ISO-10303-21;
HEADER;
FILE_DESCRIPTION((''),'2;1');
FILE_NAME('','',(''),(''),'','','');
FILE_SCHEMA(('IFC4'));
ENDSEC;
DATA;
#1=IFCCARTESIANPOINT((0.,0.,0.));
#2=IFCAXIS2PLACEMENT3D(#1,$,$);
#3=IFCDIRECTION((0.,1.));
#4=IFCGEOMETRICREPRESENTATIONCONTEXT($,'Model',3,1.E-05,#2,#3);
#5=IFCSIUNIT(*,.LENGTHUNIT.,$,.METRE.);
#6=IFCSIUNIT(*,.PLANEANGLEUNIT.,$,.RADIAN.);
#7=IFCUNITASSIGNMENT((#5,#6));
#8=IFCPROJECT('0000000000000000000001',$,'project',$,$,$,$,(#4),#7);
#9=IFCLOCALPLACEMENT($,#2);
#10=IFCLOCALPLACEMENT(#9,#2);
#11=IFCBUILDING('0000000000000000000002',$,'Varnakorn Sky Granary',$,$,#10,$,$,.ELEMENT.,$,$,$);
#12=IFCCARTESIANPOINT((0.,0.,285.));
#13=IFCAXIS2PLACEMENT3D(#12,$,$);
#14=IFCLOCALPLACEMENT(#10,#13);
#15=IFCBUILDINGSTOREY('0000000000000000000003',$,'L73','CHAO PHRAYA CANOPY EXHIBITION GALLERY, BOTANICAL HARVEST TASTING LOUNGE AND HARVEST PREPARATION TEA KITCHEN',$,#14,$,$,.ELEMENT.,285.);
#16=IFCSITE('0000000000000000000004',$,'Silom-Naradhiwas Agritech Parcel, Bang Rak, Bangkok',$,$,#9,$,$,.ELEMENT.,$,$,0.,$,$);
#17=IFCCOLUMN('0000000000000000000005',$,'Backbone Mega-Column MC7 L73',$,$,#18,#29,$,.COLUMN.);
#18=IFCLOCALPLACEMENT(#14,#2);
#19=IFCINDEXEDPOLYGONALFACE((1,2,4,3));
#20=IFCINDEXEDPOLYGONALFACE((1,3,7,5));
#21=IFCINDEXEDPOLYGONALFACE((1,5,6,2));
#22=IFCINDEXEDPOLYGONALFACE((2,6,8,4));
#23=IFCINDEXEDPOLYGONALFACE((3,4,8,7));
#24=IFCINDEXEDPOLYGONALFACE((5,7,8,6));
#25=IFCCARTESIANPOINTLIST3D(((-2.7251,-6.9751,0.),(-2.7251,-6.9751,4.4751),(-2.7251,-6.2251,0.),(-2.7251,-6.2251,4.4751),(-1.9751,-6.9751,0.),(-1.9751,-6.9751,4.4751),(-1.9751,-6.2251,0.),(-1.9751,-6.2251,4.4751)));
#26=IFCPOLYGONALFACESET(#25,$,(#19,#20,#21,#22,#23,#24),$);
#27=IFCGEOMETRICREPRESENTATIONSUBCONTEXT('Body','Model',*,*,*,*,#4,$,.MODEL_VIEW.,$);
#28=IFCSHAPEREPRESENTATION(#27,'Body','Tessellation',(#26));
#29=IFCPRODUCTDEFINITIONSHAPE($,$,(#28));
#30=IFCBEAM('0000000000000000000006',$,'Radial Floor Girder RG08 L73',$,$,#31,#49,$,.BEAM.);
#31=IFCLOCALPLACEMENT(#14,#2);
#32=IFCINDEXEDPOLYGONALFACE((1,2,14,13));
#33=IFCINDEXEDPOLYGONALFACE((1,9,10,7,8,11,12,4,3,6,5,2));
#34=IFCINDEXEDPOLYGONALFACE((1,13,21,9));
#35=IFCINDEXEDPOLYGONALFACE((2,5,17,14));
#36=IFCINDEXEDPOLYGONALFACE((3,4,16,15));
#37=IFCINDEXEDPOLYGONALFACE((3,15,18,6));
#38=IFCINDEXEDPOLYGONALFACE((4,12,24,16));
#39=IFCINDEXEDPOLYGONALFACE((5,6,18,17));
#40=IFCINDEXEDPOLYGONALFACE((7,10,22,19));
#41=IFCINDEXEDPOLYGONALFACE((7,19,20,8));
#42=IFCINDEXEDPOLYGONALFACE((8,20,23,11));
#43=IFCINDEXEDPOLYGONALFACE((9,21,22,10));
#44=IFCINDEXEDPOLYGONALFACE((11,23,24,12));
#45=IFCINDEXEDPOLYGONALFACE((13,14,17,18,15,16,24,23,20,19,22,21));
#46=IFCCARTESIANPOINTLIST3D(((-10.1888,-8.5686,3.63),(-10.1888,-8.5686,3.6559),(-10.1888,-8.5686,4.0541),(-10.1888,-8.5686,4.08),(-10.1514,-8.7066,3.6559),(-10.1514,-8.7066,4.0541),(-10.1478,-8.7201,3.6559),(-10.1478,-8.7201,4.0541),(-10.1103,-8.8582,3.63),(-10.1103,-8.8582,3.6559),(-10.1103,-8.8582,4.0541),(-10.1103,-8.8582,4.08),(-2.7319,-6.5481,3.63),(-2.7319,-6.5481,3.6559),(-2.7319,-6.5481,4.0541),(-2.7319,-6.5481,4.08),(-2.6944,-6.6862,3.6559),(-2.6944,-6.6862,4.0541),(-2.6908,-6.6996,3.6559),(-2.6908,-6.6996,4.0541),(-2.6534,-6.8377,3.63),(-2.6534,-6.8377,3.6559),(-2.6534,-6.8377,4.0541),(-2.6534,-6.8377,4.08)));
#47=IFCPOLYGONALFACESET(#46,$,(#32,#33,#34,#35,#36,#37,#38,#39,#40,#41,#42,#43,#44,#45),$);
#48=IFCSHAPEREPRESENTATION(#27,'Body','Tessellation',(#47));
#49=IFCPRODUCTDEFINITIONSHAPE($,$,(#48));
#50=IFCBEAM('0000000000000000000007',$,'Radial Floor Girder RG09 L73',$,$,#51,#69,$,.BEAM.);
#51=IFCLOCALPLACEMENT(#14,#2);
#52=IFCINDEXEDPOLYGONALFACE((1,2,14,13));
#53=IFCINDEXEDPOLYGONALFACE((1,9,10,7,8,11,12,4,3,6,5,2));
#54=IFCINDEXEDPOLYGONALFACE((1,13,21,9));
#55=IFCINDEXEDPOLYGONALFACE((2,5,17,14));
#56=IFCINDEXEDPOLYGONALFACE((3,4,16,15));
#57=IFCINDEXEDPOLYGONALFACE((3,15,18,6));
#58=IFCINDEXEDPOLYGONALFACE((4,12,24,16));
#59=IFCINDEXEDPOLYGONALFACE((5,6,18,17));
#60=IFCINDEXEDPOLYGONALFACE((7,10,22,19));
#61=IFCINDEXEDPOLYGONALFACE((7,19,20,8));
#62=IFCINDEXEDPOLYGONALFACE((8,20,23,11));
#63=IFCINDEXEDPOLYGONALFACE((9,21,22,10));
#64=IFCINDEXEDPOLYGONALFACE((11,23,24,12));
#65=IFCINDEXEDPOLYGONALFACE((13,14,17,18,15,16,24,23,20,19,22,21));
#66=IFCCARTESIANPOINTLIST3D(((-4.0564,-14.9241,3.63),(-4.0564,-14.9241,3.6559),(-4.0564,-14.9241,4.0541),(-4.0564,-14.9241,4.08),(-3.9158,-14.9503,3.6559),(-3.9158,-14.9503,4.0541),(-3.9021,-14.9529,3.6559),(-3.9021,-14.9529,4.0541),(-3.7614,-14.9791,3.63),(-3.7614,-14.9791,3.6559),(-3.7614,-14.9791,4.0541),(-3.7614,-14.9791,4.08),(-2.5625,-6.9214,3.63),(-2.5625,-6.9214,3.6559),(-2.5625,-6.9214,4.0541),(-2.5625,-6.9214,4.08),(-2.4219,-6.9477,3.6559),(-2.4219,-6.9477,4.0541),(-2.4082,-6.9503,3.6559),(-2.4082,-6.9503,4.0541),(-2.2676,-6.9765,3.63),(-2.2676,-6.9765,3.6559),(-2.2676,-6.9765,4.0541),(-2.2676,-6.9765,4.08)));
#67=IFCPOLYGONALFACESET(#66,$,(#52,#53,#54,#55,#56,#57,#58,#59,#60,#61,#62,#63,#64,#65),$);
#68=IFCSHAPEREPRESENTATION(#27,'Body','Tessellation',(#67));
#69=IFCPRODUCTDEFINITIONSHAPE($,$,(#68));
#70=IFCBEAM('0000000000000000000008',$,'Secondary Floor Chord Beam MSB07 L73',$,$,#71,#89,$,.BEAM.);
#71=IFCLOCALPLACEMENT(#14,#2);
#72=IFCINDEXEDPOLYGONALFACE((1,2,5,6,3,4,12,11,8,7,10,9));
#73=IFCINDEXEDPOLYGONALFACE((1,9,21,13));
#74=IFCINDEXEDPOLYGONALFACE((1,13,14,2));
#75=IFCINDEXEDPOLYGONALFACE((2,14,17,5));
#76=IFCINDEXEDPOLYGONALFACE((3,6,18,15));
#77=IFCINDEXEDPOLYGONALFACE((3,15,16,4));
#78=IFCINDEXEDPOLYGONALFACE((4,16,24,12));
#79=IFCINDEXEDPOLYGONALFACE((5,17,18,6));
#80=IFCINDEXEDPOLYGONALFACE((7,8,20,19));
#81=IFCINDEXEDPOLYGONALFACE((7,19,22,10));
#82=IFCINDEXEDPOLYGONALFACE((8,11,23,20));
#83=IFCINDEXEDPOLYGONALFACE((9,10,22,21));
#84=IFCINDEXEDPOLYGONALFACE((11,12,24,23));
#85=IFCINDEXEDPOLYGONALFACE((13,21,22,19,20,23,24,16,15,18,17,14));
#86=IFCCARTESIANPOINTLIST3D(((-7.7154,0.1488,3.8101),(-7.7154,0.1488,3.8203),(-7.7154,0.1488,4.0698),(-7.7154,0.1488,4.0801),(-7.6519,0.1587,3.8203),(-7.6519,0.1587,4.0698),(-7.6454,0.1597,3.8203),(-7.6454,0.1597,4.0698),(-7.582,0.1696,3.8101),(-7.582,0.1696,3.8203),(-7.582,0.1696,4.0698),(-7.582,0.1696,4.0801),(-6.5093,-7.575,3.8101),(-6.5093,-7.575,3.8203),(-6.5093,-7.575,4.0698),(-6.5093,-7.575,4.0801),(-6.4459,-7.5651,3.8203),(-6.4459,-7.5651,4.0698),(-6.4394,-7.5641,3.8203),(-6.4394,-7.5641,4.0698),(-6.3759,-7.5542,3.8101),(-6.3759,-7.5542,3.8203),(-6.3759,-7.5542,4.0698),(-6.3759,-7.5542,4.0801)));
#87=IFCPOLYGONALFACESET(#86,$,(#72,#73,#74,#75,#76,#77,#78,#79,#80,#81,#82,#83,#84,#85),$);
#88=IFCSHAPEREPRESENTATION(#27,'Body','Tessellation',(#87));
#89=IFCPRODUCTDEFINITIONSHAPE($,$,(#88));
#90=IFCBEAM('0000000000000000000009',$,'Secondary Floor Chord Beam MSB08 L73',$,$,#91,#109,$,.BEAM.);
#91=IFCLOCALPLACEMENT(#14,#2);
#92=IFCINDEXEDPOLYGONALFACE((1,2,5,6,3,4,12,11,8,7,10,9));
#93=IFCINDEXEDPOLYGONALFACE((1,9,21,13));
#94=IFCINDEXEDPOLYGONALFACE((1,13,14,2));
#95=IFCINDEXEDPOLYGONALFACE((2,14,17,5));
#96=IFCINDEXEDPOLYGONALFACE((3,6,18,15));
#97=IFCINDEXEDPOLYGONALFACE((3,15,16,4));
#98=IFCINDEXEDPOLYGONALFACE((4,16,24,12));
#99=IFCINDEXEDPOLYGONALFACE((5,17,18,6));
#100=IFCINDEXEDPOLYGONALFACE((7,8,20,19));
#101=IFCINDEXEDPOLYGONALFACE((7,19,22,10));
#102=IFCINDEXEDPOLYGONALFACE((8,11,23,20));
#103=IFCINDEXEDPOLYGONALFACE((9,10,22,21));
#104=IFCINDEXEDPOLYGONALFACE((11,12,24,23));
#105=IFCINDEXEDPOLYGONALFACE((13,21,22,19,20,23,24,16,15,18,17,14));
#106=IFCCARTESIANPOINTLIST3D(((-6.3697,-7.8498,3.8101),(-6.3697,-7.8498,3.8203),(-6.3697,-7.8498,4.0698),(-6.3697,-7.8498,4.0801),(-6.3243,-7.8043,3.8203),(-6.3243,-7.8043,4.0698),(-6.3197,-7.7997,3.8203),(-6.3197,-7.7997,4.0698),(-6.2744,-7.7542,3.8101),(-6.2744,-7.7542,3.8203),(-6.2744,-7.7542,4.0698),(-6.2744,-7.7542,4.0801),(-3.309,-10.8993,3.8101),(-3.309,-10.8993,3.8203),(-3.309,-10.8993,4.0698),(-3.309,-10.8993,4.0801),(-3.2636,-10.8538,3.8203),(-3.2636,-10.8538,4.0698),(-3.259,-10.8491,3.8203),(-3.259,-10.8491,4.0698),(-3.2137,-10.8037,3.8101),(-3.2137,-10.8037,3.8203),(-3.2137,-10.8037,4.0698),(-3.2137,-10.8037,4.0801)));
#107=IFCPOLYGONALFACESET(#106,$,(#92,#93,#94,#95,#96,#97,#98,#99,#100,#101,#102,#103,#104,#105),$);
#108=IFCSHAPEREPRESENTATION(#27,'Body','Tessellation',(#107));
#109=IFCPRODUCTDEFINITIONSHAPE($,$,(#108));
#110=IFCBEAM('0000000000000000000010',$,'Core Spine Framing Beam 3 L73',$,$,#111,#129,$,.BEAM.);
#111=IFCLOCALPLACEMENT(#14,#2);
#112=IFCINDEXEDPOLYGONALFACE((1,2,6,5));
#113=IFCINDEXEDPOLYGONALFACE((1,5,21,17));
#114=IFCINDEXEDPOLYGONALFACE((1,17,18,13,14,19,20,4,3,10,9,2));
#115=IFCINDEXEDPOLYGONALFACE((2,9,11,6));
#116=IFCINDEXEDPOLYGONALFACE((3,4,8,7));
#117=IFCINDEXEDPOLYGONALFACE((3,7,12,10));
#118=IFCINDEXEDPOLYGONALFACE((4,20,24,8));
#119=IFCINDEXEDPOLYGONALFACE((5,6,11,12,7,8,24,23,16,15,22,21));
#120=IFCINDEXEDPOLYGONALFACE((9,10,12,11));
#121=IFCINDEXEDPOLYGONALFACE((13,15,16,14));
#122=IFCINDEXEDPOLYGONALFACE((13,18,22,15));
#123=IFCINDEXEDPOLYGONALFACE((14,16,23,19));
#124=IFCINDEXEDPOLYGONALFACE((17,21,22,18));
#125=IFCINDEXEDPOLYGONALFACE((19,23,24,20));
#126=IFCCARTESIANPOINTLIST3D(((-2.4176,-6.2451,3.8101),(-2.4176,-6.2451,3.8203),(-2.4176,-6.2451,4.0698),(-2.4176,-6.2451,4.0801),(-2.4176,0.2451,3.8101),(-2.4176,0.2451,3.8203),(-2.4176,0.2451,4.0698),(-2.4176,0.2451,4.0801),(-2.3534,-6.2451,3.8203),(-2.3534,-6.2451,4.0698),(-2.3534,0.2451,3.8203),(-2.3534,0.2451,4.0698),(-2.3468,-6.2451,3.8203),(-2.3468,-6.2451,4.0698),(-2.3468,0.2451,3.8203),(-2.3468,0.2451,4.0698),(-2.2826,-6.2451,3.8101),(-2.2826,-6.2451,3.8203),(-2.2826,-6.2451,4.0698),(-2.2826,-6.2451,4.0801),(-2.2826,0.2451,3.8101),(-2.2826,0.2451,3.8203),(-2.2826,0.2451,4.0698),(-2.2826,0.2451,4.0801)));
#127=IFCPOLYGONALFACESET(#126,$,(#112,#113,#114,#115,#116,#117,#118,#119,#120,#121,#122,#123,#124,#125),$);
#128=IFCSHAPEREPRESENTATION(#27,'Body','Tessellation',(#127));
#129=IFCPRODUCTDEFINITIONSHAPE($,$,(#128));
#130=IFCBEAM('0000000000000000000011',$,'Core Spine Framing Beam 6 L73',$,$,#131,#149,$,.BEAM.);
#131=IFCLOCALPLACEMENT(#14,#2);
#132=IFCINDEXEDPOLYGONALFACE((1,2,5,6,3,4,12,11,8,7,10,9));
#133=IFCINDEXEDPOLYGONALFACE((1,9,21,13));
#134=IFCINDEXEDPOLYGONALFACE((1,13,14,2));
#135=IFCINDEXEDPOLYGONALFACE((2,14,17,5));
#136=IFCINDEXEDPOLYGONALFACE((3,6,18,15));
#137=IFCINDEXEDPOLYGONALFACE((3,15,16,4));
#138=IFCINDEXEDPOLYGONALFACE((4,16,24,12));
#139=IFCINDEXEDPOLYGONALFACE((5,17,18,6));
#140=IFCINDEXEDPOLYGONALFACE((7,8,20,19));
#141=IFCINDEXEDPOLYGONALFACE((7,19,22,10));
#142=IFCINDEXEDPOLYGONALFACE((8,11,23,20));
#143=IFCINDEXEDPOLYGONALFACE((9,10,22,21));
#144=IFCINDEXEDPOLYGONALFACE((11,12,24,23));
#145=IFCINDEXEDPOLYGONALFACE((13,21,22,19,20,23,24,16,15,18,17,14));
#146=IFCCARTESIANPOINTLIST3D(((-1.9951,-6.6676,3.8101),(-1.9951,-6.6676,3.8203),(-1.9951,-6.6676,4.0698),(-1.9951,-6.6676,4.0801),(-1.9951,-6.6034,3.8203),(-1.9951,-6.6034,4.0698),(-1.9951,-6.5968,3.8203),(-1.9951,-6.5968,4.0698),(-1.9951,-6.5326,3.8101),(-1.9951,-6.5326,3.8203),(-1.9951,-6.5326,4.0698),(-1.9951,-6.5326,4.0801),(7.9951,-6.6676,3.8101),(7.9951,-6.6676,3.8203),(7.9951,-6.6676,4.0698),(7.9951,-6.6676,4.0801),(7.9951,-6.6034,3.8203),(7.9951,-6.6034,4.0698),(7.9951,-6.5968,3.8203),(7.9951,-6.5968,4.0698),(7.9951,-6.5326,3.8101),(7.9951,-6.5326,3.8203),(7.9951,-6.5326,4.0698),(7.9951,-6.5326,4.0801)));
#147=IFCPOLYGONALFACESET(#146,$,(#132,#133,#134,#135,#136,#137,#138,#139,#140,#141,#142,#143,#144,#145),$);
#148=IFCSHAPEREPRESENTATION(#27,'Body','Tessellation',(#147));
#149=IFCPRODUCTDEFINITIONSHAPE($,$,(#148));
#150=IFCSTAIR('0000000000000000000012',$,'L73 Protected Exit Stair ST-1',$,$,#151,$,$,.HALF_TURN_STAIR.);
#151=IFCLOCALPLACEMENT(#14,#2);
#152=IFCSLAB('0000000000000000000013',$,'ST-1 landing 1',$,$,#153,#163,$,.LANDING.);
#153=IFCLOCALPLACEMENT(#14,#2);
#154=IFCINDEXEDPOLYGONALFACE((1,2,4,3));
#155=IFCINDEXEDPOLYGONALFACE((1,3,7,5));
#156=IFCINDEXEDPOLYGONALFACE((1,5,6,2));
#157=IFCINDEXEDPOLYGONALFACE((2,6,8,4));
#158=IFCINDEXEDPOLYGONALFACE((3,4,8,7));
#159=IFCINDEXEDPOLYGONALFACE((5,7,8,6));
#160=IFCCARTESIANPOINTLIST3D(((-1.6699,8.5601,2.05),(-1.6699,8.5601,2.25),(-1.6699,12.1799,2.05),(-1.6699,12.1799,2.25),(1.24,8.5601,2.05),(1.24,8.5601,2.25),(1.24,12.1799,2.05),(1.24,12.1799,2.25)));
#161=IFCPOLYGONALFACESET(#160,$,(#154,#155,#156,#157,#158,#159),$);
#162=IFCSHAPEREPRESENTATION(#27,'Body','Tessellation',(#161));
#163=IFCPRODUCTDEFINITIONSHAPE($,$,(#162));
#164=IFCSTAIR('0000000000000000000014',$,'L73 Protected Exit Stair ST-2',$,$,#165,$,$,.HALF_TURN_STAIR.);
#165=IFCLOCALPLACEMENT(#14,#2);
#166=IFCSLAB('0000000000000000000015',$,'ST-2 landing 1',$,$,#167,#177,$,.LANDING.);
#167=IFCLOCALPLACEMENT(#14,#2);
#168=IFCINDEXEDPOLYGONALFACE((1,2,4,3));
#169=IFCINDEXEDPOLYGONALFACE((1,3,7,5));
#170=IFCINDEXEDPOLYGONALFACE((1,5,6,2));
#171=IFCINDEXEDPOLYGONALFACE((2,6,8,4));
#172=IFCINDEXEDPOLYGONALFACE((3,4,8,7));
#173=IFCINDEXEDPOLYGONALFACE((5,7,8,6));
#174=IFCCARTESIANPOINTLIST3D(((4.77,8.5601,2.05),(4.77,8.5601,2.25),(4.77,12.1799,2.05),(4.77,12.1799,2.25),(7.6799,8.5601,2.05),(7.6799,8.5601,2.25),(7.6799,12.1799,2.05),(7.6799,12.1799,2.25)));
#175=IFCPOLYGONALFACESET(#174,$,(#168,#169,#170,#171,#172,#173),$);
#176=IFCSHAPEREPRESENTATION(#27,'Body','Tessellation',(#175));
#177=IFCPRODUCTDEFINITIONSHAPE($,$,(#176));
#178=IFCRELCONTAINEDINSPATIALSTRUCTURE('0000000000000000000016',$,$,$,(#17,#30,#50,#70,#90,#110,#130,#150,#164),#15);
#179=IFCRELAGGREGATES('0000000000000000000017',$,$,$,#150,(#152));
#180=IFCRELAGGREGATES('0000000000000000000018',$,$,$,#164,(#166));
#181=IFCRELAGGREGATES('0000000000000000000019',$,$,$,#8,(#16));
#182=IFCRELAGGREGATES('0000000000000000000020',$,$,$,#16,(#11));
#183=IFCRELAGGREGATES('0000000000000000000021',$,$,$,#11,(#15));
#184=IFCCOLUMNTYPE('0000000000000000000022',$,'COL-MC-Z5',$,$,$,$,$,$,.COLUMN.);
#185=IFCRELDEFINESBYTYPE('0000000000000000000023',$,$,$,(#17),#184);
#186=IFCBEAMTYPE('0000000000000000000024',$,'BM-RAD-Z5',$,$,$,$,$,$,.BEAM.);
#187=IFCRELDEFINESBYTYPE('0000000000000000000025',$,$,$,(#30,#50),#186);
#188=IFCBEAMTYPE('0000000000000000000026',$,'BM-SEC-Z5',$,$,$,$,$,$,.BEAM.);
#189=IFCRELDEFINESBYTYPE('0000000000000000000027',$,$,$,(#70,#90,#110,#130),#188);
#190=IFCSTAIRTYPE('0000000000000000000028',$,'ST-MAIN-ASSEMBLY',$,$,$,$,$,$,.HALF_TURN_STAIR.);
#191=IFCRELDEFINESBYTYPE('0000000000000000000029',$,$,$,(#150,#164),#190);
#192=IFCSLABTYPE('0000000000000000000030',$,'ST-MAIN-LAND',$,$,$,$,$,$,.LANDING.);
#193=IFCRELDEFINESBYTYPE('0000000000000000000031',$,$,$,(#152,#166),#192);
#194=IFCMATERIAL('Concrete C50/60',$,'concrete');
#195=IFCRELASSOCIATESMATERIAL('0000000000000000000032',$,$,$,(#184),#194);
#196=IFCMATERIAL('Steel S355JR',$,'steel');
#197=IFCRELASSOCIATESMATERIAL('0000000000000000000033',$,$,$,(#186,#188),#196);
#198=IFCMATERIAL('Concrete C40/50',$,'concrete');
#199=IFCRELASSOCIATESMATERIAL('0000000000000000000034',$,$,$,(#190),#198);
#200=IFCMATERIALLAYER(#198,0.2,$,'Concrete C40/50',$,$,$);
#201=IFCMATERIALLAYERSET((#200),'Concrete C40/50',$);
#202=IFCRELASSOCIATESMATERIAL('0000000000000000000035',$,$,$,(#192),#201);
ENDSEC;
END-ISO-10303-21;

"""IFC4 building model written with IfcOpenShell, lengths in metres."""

from ifc_helpers import new_model, si_unit, direction, frame, origin, origin_2d, place, context, subcontext, project, spatial, polyline, rectangle, i_section, outline, extrude, material, layer, layer_set, material_profile, profile_set, type_object, element, aggregate, save


model = new_model("IFC4")

# Units and contexts
model_context = context("Model", 3, precision=1e-05, world=origin(), true_north=direction((0.0, 1.0)))
body_context = subcontext(model_context, "Body", "Model", "MODEL_VIEW")
ifc_project = project(units=[si_unit("LENGTHUNIT", "METRE"), si_unit("PLANEANGLEUNIT", "RADIAN")], contexts=[model_context])

# Site, building, storey
site_placement = place(None, origin())
site = spatial("IfcSite", under=ifc_project, at=site_placement, Name="Silom-Naradhiwas Agritech Parcel, Bang Rak, Bangkok", CompositionType="ELEMENT", RefElevation=0.0)
building_placement = place(site_placement, origin())
building = spatial("IfcBuilding", under=site, at=building_placement, Name="Varnakorn Sky Granary", CompositionType="ELEMENT")
storey_placement = place(building_placement, frame((0.0, 0.0, 285.0)))
storey = spatial("IfcBuildingStorey", under=building, at=storey_placement, Name="L73", Description="CHAO PHRAYA CANOPY EXHIBITION GALLERY, BOTANICAL HARVEST TASTING LOUNGE AND HARVEST PREPARATION TEA KITCHEN", CompositionType="ELEMENT", Elevation=285.0)

# Column
ifc_material_1 = material(Name="Concrete C50/60", Category="concrete")
ifc_material_profile_1 = material_profile(ifc_material_1, rectangle(XDim=0.75, YDim=0.75, at=origin_2d()), Name="RC 750x750")
ifc_profile_set_1 = profile_set([ifc_material_profile_1], Name="Concrete C50/60")
column_type = type_object("IfcColumnType", Name="COL-MC-Z5", PredefinedType="COLUMN", material=ifc_profile_set_1)
column_placement = place(storey_placement, frame((-2.3501, -6.6001, 0.0), z_axis=(0.0, 0.0, 1.0), x_axis=(1.0, 0.0, 0.0)))
element("IfcColumn", 1, at=column_placement, inside=storey, type_object=column_type, Name="Backbone Mega-Column MC7 L73", PredefinedType="COLUMN", context=body_context, shape_type="SweptSolid", body=[
    extrude(rectangle(XDim=0.75, YDim=0.75, at=origin_2d()), origin(), (0.0, 0.0, 1.0), 4.4751),
])

# Beams
ifc_material_2 = material(Name="Steel S355JR", Category="steel")
ifc_material_profile_2 = material_profile(ifc_material_2, i_section(OverallWidth=0.3, OverallDepth=0.45, WebThickness=0.0139, FlangeThickness=0.0259, at=origin_2d()), Name="HE 450 B")
ifc_profile_set_2 = profile_set([ifc_material_profile_2], Name="Steel S355JR")
beam_type_1 = type_object("IfcBeamType", Name="BM-RAD-Z5", PredefinedType="BEAM", material=ifc_profile_set_2)
beam_1_placement = place(storey_placement, frame((-2.6926, -6.6929, 3.855), z_axis=(-0.965197, -0.261523, 0.0), x_axis=(0.261523, -0.965197, 0.0)))
element("IfcBeam", 2, at=beam_1_placement, inside=storey, type_object=beam_type_1, Name="Radial Floor Girder RG08 L73", PredefinedType="BEAM", context=body_context, shape_type="SweptSolid", body=[
    extrude(i_section(OverallWidth=0.3, OverallDepth=0.45, WebThickness=0.0139, FlangeThickness=0.0259, at=origin_2d()), origin(), (0.0, 0.0, 1.0), 7.7258),
])
beam_2_placement = place(storey_placement, frame((-2.415, -6.949, 3.855), z_axis=(-0.183504, -0.983019, 0.0), x_axis=(0.983019, -0.183504, 0.0)))
element("IfcBeam", 3, at=beam_2_placement, inside=storey, type_object=beam_type_1, Name="Radial Floor Girder RG09 L73", PredefinedType="BEAM", context=body_context, shape_type="SweptSolid", body=[
    extrude(i_section(OverallWidth=0.3, OverallDepth=0.45, WebThickness=0.0139, FlangeThickness=0.0259, at=origin_2d()), origin(), (0.0, 0.0, 1.0), 8.1409),
])
ifc_material_profile_3 = material_profile(ifc_material_2, i_section(OverallWidth=0.135, OverallDepth=0.27, WebThickness=0.0066, FlangeThickness=0.0103, at=origin_2d()), Name="IPE 270")
ifc_profile_set_3 = profile_set([ifc_material_profile_3], Name="Steel S355JR")
beam_type_2 = type_object("IfcBeamType", Name="BM-SEC-Z5", PredefinedType="BEAM", material=ifc_profile_set_3)
beam_3_placement = place(storey_placement, frame((-7.6487, 0.1592, 3.9451), z_axis=(0.154277, -0.988028, 0.0), x_axis=(0.988028, 0.154277, 0.0)))
element("IfcBeam", 4, at=beam_3_placement, inside=storey, type_object=beam_type_2, Name="Secondary Floor Chord Beam MSB07 L73", PredefinedType="BEAM", context=body_context, shape_type="SweptSolid", body=[
    extrude(i_section(OverallWidth=0.135, OverallDepth=0.27, WebThickness=0.0066, FlangeThickness=0.0103, at=origin_2d()), origin(), (0.0, 0.0, 1.0), 7.8174),
])
beam_4_placement = place(storey_placement, frame((-6.322, -7.802, 3.9451), z_axis=(0.708405, -0.705806, 0.0), x_axis=(0.705806, 0.708405, 0.0)))
element("IfcBeam", 5, at=beam_4_placement, inside=storey, type_object=beam_type_2, Name="Secondary Floor Chord Beam MSB08 L73", PredefinedType="BEAM", context=body_context, shape_type="SweptSolid", body=[
    extrude(i_section(OverallWidth=0.135, OverallDepth=0.27, WebThickness=0.0066, FlangeThickness=0.0103, at=origin_2d()), origin(), (0.0, 0.0, 1.0), 4.3206),
])
beam_5_placement = place(storey_placement, frame((-2.3501, 0.2451, 3.9451), z_axis=(0.0, -1.0, 0.0), x_axis=(1.0, 0.0, 0.0)))
element("IfcBeam", 6, at=beam_5_placement, inside=storey, type_object=beam_type_2, Name="Core Spine Framing Beam 3 L73", PredefinedType="BEAM", context=body_context, shape_type="SweptSolid", body=[
    extrude(i_section(OverallWidth=0.135, OverallDepth=0.27, WebThickness=0.0066, FlangeThickness=0.0103, at=origin_2d()), origin(), (0.0, 0.0, 1.0), 6.4902),
])
beam_6_placement = place(storey_placement, frame((-1.9951, -6.6001, 3.9451), z_axis=(1.0, 0.0, 0.0), x_axis=(0.0, 1.0, 0.0)))
element("IfcBeam", 7, at=beam_6_placement, inside=storey, type_object=beam_type_2, Name="Core Spine Framing Beam 6 L73", PredefinedType="BEAM", context=body_context, shape_type="SweptSolid", body=[
    extrude(i_section(OverallWidth=0.135, OverallDepth=0.27, WebThickness=0.0066, FlangeThickness=0.0103, at=origin_2d()), origin(), (0.0, 0.0, 1.0), 9.9902),
])

# Stairs, slabs
ifc_material_3 = material(Name="Concrete C40/50", Category="concrete")
stair_type = type_object("IfcStairType", Name="ST-MAIN-ASSEMBLY", PredefinedType="HALF_TURN_STAIR", material=ifc_material_3)
stair_1_placement = place(storey_placement, origin())
stair_1 = element("IfcStair", 8, at=stair_1_placement, inside=storey, type_object=stair_type, Name="L73 Protected Exit Stair ST-1", PredefinedType="HALF_TURN_STAIR")
ifc_layer_1 = layer(ifc_material_3, 0.2, Name="Concrete C40/50")
ifc_layer_set_1 = layer_set([ifc_layer_1], Name="Concrete C40/50")
slab_type_1 = type_object("IfcSlabType", Name="ST-MAIN-LAND", PredefinedType="LANDING", material=ifc_layer_set_1)
slab_1_placement = place(storey_placement, frame((0.0, 0.0, 2.05)))
slab_1 = element("IfcSlab", 9, at=slab_1_placement, type_object=slab_type_1, Name="ST-1 landing 1", PredefinedType="LANDING", context=body_context, shape_type="SweptSolid", body=[
    extrude(outline(polyline([(1.24, 8.5601), (1.24, 12.1799), (-1.6699, 12.1799), (-1.6699, 8.5601), (1.24, 8.5601)])), origin(), (0.0, 0.0, 1.0), 0.2),
])
aggregate(stair_1, [slab_1])
stair_2_placement = place(storey_placement, origin())
stair_2 = element("IfcStair", 10, at=stair_2_placement, inside=storey, type_object=stair_type, Name="L73 Protected Exit Stair ST-2", PredefinedType="HALF_TURN_STAIR")
slab_2_placement = place(storey_placement, frame((0.0, 0.0, 2.05)))
slab_2 = element("IfcSlab", 11, at=slab_2_placement, type_object=slab_type_1, Name="ST-2 landing 1", PredefinedType="LANDING", context=body_context, shape_type="SweptSolid", body=[
    extrude(outline(polyline([(7.6799, 8.5601), (7.6799, 12.1799), (4.77, 12.1799), (4.77, 8.5601), (7.6799, 8.5601)])), origin(), (0.0, 0.0, 1.0), 0.2),
])
aggregate(stair_2, [slab_2])

save(model, "model.ifc")
